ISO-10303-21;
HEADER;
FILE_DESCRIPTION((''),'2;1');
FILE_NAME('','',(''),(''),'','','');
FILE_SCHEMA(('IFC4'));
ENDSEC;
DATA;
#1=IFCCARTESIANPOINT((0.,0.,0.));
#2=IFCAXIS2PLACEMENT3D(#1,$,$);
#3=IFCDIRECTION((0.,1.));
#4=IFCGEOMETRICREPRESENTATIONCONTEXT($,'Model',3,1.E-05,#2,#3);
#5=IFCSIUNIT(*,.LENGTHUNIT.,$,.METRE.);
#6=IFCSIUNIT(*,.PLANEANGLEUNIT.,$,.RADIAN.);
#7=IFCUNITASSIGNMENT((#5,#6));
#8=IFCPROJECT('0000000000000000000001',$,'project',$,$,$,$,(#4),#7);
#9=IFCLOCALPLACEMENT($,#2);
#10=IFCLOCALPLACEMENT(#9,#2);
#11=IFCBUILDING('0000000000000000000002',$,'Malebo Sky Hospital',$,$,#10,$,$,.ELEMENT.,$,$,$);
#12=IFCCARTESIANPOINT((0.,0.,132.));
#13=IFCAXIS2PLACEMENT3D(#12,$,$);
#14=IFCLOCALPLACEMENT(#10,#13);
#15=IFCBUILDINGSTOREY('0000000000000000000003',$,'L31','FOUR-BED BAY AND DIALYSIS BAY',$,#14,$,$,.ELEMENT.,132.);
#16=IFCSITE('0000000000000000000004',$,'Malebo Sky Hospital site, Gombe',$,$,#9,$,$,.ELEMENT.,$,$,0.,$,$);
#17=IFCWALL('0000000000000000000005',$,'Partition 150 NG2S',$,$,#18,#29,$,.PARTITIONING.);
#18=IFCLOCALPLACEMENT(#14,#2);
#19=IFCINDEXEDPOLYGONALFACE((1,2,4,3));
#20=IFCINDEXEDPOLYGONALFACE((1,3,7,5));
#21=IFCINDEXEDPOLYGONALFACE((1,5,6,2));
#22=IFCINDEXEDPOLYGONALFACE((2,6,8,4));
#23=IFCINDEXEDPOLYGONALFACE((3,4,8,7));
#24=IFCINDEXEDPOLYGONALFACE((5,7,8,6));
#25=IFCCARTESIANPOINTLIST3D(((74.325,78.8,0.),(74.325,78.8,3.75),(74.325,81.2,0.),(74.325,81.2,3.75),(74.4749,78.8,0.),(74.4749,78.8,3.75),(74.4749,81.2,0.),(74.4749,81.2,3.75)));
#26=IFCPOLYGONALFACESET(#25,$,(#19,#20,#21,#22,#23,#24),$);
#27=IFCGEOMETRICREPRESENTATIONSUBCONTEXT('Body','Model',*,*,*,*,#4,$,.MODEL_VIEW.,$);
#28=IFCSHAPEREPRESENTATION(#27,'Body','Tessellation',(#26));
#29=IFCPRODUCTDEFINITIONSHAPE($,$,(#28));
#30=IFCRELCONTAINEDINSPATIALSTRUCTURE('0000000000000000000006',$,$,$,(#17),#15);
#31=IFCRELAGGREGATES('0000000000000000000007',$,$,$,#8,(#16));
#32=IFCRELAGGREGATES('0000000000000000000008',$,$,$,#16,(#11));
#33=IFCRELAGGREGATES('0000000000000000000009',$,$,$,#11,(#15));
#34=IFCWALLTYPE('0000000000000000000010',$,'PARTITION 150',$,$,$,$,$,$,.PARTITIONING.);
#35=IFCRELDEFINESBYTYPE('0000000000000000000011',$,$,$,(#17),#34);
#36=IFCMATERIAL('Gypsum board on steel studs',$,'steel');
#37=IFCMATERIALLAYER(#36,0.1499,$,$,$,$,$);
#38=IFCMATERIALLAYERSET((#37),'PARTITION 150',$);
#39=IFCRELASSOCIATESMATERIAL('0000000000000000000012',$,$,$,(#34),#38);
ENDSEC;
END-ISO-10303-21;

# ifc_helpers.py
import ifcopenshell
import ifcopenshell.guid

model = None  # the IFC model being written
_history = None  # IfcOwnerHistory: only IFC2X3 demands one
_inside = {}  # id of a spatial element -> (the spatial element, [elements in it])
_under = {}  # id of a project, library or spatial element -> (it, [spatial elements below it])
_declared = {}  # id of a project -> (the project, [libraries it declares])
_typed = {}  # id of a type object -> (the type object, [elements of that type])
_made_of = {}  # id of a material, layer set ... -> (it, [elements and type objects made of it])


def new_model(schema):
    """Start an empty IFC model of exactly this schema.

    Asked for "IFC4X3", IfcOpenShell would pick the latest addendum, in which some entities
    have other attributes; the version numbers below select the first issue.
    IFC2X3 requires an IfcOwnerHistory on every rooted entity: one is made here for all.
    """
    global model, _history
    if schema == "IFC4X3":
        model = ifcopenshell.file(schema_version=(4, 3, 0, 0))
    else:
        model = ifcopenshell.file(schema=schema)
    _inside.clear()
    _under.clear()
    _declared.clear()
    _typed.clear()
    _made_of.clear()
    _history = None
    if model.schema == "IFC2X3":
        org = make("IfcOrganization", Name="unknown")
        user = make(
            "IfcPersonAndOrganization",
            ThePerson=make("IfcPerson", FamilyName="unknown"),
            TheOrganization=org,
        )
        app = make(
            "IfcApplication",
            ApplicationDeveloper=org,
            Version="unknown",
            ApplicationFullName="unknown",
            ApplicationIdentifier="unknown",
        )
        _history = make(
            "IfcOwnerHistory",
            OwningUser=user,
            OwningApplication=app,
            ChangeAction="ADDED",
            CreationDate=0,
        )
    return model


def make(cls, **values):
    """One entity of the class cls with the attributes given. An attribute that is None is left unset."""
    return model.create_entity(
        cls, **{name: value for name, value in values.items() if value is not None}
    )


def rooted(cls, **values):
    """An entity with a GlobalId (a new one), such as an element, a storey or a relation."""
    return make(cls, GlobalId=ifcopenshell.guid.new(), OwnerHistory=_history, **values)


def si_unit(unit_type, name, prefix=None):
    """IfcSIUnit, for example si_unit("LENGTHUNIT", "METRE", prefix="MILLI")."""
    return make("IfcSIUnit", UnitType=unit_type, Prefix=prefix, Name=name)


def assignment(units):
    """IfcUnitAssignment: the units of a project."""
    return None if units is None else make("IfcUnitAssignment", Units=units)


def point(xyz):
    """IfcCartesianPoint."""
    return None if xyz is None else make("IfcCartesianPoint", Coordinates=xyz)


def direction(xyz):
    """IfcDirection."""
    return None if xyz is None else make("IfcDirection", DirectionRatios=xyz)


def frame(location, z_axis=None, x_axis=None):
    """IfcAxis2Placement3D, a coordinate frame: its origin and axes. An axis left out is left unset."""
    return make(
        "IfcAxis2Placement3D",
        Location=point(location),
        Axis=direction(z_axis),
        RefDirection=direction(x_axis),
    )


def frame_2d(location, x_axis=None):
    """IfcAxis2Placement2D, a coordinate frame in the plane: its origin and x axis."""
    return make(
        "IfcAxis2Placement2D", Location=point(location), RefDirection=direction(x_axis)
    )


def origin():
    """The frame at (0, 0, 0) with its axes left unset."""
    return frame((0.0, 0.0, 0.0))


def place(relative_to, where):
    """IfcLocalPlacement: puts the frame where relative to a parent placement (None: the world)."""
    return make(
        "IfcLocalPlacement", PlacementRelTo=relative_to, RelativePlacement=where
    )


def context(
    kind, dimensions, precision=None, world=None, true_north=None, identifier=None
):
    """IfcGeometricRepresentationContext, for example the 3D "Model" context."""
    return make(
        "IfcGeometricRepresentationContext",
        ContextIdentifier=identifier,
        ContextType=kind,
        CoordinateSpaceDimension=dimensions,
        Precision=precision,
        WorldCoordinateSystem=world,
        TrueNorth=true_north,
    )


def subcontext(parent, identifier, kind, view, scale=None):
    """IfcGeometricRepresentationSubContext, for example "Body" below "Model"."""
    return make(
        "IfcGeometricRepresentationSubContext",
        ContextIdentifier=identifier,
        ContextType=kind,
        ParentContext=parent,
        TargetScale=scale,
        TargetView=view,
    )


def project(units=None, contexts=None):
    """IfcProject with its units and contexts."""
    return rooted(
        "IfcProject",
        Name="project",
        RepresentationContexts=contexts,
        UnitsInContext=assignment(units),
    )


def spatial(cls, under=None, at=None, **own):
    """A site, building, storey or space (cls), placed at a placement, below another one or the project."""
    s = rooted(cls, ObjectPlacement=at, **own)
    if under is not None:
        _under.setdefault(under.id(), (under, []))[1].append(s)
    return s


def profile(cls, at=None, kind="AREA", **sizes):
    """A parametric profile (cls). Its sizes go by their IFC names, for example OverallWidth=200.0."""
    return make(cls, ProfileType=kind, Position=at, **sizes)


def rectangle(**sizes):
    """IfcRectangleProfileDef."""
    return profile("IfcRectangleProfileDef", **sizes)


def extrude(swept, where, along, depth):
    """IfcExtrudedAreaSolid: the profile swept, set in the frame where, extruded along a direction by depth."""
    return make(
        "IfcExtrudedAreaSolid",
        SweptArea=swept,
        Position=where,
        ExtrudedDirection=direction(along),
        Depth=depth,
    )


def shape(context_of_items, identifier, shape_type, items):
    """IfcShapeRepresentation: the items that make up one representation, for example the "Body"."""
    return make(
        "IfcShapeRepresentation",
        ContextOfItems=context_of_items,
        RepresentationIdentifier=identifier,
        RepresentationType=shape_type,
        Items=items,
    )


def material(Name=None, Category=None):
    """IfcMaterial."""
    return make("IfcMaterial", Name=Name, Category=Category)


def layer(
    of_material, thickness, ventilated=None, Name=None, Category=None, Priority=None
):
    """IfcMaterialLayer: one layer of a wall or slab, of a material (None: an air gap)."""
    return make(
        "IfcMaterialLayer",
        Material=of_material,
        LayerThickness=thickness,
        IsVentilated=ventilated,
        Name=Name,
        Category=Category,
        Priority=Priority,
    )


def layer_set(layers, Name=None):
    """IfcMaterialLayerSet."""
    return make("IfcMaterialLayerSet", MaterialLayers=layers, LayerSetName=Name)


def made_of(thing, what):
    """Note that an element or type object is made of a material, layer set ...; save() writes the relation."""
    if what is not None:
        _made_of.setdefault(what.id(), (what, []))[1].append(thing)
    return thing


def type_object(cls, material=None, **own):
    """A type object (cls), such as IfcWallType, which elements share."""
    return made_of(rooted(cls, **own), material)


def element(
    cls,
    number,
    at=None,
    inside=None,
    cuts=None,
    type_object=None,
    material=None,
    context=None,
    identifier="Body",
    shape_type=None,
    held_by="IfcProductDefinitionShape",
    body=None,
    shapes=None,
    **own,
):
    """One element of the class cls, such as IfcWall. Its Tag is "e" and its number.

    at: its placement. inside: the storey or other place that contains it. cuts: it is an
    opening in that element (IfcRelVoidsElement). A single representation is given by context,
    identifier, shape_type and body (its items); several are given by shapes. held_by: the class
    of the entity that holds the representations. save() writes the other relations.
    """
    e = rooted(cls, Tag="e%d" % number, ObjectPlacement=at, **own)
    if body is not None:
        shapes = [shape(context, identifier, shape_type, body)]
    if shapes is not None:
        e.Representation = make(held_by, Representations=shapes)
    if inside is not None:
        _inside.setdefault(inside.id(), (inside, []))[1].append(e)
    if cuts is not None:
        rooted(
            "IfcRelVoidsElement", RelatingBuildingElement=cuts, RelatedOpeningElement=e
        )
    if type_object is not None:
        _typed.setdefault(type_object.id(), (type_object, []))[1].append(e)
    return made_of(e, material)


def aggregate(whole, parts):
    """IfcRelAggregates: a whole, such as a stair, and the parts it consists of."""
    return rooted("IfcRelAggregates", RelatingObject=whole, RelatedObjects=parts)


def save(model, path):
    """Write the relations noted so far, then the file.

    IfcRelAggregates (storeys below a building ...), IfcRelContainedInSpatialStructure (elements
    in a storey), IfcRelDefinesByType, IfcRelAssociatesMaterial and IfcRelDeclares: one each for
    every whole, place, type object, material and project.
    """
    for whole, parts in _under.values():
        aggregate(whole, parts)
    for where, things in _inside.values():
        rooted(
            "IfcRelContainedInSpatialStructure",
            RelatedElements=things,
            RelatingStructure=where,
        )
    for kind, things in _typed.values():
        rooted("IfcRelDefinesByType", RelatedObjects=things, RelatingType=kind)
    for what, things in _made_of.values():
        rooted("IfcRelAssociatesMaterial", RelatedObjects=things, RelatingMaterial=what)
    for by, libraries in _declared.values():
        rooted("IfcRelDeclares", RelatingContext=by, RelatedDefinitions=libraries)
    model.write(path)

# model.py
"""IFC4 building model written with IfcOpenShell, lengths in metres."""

from ifc_helpers import new_model, si_unit, direction, frame, frame_2d, origin, place, context, subcontext, project, spatial, rectangle, extrude, material, layer, layer_set, type_object, element, save


model = new_model("IFC4")

# Units and contexts
model_context = context("Model", 3, precision=1e-05, world=origin(), true_north=direction((0.0, 1.0)))
body_context = subcontext(model_context, "Body", "Model", "MODEL_VIEW")
ifc_project = project(units=[si_unit("LENGTHUNIT", "METRE"), si_unit("PLANEANGLEUNIT", "RADIAN")], contexts=[model_context])

# Site, building, storey
site_placement = place(None, origin())
site = spatial("IfcSite", under=ifc_project, at=site_placement, Name="Malebo Sky Hospital site, Gombe", CompositionType="ELEMENT", RefElevation=0.0)
building_placement = place(site_placement, origin())
building = spatial("IfcBuilding", under=site, at=building_placement, Name="Malebo Sky Hospital", CompositionType="ELEMENT")
storey_placement = place(building_placement, frame((0.0, 0.0, 132.0)))
storey = spatial("IfcBuildingStorey", under=building, at=storey_placement, Name="L31", Description="FOUR-BED BAY AND DIALYSIS BAY", CompositionType="ELEMENT", Elevation=132.0)

# Shared definitions
ifc_material_1 = material(Name="Gypsum board on steel studs", Category="steel")

# Shared definitions
ifc_layer_1 = layer(ifc_material_1, 0.1499)
ifc_layer_set_1 = layer_set([ifc_layer_1], Name="PARTITION 150")
wall_type_1 = type_object("IfcWallType", Name="PARTITION 150", PredefinedType="PARTITIONING", material=ifc_layer_set_1)

# Wall
for number, where, z_axis, x_axis, name in (
    (1, (74.3999, 78.8, 0.0), (0.0, 0.0, 1.0), (0.0, 1.0, 0.0), "Partition 150 NG2S"),
):
    element("IfcWall", number, at=place(storey_placement, frame(where, z_axis=z_axis, x_axis=x_axis)), inside=storey, type_object=wall_type_1, Name=name, PredefinedType="PARTITIONING", context=body_context, shape_type="SweptSolid", body=[
        extrude(rectangle(XDim=2.3999, YDim=0.1499, at=frame_2d((1.2, 0.0))), origin(), (0.0, 0.0, 1.0), 3.75),
    ])

save(model, "model.ifc")
